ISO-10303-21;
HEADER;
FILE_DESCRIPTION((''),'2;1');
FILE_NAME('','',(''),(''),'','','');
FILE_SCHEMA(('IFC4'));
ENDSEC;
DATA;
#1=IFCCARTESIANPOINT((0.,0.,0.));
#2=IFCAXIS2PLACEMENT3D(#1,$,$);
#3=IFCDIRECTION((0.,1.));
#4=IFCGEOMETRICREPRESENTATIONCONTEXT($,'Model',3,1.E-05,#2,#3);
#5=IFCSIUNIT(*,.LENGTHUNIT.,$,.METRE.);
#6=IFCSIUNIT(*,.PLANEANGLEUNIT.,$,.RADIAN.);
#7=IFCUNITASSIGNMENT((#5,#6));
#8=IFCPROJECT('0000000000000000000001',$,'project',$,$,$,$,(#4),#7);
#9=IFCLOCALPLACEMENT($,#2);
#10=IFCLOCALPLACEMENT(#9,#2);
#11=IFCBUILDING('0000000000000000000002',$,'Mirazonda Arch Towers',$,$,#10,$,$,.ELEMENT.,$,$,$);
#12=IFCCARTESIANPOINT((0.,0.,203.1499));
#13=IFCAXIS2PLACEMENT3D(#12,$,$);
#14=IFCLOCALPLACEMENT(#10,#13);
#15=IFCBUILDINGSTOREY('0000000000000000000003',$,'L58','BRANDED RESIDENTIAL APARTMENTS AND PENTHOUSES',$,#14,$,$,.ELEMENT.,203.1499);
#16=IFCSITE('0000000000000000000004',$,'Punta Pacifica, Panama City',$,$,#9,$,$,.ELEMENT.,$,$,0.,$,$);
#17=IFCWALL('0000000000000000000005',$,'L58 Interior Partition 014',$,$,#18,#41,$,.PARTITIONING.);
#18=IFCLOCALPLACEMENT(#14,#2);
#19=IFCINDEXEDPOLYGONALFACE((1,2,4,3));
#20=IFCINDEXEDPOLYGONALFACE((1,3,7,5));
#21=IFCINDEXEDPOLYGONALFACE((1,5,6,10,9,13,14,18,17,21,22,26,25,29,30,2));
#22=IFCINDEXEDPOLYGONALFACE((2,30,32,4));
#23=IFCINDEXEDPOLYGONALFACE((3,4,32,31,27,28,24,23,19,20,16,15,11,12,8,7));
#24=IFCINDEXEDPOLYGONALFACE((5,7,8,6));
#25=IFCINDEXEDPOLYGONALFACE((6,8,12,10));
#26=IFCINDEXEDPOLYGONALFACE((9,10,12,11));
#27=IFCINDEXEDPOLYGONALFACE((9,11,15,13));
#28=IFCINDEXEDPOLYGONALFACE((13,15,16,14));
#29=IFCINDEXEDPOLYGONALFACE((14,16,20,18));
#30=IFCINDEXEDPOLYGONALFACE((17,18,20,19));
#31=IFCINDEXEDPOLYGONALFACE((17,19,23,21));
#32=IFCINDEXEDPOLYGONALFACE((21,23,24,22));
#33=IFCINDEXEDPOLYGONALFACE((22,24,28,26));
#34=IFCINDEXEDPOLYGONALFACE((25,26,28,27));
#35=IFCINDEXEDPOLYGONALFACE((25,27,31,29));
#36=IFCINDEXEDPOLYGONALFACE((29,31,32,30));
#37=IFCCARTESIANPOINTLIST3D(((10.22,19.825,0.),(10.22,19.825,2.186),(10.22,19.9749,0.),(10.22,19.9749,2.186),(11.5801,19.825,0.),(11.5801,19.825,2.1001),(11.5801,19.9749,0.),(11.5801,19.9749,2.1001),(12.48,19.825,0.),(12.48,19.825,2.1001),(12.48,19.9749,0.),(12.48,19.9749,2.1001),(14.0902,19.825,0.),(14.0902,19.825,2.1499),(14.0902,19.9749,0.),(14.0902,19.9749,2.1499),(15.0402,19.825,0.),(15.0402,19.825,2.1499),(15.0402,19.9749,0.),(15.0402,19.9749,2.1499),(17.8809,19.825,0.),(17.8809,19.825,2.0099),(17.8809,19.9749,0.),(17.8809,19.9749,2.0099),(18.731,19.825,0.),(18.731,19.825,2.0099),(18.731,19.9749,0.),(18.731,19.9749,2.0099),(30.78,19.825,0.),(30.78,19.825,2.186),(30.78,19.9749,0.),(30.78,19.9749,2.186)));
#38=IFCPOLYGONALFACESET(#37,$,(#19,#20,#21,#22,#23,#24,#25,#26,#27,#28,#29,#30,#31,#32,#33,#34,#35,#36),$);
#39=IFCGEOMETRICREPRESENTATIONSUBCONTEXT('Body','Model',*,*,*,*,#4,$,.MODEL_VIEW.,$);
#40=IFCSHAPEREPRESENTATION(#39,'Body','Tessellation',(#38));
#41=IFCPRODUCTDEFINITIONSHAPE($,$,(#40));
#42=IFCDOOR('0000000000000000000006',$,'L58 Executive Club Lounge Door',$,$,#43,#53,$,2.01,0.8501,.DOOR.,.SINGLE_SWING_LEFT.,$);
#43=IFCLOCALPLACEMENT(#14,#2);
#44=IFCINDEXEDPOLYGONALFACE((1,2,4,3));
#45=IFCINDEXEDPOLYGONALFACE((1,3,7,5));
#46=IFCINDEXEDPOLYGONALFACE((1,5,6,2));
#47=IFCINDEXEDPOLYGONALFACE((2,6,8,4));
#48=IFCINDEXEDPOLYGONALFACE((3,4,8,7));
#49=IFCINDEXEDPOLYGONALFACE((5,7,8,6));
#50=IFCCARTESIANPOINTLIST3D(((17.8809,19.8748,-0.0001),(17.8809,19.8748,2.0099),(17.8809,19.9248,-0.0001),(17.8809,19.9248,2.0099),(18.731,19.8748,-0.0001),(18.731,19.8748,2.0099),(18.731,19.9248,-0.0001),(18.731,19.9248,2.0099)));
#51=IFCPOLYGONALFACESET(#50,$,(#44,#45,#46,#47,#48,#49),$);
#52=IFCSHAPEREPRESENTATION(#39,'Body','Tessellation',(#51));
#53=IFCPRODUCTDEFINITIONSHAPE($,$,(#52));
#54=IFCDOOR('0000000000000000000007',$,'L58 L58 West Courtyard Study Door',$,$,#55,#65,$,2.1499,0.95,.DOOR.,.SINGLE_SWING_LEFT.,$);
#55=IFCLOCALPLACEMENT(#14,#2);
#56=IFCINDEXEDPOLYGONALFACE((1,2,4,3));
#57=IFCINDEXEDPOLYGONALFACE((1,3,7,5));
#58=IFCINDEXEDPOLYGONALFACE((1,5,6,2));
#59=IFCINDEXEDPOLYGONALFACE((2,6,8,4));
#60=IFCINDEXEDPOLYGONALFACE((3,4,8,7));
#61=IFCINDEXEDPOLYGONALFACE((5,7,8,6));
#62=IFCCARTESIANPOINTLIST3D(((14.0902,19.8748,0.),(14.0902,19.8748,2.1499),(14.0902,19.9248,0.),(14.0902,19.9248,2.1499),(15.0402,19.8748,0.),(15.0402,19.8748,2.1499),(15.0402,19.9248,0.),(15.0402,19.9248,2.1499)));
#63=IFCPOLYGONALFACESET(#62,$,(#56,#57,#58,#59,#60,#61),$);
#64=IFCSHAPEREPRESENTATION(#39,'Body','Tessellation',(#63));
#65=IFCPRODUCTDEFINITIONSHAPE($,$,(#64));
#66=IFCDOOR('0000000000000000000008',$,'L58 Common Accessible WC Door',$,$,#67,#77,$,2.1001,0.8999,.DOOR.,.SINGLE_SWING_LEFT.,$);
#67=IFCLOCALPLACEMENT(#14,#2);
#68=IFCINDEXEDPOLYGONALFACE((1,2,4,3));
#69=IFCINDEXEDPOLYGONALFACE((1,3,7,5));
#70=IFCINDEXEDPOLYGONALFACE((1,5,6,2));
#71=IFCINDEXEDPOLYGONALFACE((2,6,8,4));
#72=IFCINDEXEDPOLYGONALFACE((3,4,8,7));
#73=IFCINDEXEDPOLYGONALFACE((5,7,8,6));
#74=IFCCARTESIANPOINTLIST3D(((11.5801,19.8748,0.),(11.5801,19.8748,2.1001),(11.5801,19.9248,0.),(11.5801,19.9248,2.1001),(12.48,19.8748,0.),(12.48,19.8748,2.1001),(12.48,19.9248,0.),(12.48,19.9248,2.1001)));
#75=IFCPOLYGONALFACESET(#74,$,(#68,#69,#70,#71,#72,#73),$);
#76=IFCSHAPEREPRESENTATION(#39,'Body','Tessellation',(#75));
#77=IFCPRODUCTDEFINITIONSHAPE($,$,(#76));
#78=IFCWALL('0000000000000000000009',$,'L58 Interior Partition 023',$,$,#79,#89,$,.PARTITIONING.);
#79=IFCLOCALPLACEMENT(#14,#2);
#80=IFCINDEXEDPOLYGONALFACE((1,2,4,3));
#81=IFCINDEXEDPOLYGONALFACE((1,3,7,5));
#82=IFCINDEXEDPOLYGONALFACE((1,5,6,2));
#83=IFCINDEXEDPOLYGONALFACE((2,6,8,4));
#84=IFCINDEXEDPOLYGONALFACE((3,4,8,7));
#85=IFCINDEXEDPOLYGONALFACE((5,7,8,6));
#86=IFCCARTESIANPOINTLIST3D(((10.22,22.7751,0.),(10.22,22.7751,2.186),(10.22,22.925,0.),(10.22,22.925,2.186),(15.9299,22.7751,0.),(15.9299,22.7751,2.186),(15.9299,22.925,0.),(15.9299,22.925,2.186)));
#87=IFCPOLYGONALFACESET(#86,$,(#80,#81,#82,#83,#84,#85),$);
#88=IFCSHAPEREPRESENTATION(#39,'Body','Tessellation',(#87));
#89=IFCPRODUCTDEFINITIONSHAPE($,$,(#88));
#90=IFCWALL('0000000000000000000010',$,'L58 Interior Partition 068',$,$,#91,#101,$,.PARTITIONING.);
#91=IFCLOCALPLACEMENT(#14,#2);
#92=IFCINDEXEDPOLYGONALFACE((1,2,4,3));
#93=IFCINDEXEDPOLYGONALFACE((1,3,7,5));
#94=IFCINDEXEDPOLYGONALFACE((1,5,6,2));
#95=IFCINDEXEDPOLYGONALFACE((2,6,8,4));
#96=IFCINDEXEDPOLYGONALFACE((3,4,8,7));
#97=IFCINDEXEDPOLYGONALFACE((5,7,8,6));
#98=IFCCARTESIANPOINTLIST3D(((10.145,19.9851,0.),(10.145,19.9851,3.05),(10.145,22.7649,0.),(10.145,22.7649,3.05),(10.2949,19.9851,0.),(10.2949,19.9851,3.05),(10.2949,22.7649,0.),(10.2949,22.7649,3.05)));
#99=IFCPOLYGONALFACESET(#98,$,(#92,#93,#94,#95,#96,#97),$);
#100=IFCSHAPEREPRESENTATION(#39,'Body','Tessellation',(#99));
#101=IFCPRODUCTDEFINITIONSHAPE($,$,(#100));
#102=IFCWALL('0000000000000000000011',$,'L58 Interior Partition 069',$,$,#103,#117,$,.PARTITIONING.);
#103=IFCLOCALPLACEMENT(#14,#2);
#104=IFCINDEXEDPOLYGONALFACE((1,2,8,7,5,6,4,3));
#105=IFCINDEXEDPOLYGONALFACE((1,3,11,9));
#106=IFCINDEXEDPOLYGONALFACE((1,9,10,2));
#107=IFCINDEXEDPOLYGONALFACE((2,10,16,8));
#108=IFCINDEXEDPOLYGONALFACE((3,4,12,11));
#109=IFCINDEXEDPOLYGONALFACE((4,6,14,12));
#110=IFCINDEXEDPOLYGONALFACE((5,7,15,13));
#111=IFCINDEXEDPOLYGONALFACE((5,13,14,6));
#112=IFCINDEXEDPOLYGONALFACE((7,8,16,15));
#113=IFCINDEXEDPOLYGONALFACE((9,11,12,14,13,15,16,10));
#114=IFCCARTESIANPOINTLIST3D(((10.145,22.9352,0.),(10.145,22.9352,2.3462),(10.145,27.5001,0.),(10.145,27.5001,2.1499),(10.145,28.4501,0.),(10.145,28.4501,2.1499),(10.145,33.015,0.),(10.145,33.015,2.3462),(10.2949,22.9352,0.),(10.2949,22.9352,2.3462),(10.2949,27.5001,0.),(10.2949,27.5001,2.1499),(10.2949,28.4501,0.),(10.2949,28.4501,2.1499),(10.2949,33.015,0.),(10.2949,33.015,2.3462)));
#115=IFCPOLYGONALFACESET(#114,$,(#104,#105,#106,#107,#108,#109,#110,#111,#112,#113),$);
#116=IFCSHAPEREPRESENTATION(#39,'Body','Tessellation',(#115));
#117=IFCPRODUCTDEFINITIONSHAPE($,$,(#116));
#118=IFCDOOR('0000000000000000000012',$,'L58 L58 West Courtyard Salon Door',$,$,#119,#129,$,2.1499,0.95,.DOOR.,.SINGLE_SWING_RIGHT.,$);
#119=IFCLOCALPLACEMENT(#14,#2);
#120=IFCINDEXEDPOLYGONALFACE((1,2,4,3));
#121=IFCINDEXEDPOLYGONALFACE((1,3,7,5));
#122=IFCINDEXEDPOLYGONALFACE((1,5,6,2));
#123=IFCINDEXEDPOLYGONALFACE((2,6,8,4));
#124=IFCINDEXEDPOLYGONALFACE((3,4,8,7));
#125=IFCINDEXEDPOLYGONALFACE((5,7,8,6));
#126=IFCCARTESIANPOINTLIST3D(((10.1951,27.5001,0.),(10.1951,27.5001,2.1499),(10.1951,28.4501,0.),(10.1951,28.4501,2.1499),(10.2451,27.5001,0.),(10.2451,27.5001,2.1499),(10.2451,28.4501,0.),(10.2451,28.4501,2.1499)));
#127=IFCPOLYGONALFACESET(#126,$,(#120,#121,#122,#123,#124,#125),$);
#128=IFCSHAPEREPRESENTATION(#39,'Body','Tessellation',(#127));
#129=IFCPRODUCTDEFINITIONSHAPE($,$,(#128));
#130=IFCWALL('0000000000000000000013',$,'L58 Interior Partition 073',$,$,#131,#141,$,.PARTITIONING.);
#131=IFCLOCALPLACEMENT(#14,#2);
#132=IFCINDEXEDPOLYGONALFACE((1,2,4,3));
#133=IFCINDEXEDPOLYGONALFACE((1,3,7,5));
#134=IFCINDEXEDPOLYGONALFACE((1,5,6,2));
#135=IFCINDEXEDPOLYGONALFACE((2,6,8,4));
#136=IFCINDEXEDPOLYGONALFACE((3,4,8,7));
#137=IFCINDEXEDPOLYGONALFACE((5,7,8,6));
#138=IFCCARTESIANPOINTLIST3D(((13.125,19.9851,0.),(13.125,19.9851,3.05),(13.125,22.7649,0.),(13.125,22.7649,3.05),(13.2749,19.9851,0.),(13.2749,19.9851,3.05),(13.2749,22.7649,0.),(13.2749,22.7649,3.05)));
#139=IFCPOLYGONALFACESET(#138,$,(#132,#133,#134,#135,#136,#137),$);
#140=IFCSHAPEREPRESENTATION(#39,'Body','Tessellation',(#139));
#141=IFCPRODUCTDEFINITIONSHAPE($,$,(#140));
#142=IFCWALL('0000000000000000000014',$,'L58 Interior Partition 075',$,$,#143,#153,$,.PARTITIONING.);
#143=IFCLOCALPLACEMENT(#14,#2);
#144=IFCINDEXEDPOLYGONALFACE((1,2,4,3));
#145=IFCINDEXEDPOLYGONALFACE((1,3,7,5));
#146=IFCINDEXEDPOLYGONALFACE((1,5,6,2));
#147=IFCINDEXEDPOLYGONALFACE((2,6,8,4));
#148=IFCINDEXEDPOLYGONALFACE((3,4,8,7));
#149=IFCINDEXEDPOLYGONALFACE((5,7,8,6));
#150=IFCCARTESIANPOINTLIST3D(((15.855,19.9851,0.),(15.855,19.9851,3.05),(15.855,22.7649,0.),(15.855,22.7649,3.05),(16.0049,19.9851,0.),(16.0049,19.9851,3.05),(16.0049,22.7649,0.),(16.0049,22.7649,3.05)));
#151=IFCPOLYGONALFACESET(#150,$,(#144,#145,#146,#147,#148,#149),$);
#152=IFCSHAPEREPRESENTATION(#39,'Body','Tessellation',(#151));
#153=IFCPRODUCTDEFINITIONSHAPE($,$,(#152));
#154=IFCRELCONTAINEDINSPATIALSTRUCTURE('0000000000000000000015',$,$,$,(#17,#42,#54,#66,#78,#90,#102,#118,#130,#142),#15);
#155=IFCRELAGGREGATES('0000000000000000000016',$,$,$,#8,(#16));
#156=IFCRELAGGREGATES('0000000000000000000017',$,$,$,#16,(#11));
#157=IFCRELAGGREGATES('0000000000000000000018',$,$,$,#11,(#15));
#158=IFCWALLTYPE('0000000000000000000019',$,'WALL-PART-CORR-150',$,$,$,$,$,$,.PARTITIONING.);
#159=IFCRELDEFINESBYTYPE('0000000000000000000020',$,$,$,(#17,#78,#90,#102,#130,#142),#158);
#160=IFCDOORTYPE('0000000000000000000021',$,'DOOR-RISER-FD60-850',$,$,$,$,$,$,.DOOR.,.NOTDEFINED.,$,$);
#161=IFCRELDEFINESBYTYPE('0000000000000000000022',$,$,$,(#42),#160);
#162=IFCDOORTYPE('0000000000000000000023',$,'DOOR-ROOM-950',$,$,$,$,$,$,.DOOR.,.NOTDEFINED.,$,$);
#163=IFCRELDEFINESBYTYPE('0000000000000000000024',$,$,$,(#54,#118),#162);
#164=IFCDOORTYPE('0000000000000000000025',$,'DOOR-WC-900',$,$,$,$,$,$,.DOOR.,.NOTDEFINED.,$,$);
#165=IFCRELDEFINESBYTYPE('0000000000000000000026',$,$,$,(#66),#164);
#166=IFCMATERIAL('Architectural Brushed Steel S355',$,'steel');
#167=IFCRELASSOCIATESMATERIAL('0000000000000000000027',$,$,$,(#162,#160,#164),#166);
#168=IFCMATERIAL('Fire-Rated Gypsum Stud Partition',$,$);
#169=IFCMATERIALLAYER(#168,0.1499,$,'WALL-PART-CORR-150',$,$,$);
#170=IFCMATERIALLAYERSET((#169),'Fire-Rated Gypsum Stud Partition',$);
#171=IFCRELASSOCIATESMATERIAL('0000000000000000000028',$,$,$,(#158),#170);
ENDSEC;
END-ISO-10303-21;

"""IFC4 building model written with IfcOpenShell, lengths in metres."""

from ifc_helpers import new_model, si_unit, direction, frame, frame_2d, origin, place, context, subcontext, project, spatial, rectangle, extrude, material, layer, layer_set, type_object, element, fill, save


model = new_model("IFC4")

# Units and contexts
model_context = context("Model", 3, precision=1e-05, world=origin(), true_north=direction((0.0, 1.0)))
body_context = subcontext(model_context, "Body", "Model", "MODEL_VIEW")
ifc_project = project(units=[si_unit("LENGTHUNIT", "METRE"), si_unit("PLANEANGLEUNIT", "RADIAN")], contexts=[model_context])

# Site, building, storey
site_placement = place(None, origin())
site = spatial("IfcSite", under=ifc_project, at=site_placement, Name="Punta Pacifica, Panama City", CompositionType="ELEMENT", RefElevation=0.0)
building_placement = place(site_placement, origin())
building = spatial("IfcBuilding", under=site, at=building_placement, Name="Mirazonda Arch Towers", CompositionType="ELEMENT")
storey_placement = place(building_placement, frame((0.0, 0.0, 203.1499)))
storey = spatial("IfcBuildingStorey", under=building, at=storey_placement, Name="L58", Description="BRANDED RESIDENTIAL APARTMENTS AND PENTHOUSES", CompositionType="ELEMENT", Elevation=203.1499)

# Shared definitions
ifc_material_1 = material(Name="Architectural Brushed Steel S355", Category="steel")

# Shared definitions
door_type_1 = type_object("IfcDoorType", Name="DOOR-ROOM-950", OperationType="NOTDEFINED", PredefinedType="DOOR", material=ifc_material_1)

# Shared definitions
ifc_material_2 = material(Name="Fire-Rated Gypsum Stud Partition")
ifc_layer_1 = layer(ifc_material_2, 0.1499, Name="WALL-PART-CORR-150")
ifc_layer_set_1 = layer_set([ifc_layer_1], Name="Fire-Rated Gypsum Stud Partition")
wall_type_1 = type_object("IfcWallType", Name="WALL-PART-CORR-150", PredefinedType="PARTITIONING", material=ifc_layer_set_1)

# Wall, openings, doors
wall_1_placement = place(storey_placement, frame((10.22, 19.8999, 0.0), z_axis=(0.0, 0.0, 1.0), x_axis=(1.0, 0.0, 0.0)))
wall_1 = element("IfcWall", 1, at=wall_1_placement, inside=storey, type_object=wall_type_1, Name="L58 Interior Partition 014", PredefinedType="PARTITIONING", context=body_context, shape_type="SweptSolid", body=[
    extrude(rectangle(XDim=20.5601, YDim=0.1499, at=frame_2d((10.28, 0.0))), origin(), (0.0, 0.0, 1.0), 2.186),
])
opening_1_placement = place(wall_1_placement, frame((1.3601, 0.0, 0.0)))
opening_1 = element("IfcOpeningElement", 2, at=opening_1_placement, cuts=wall_1, PredefinedType="OPENING", context=body_context, shape_type="SweptSolid", body=[
    extrude(rectangle(XDim=0.8999, YDim=2.1001, at=frame_2d((0.45, 1.05))), frame((0.0, 0.085, 0.0), z_axis=(0.0, -1.0, 0.0), x_axis=(1.0, 0.0, 0.0)), (0.0, 0.0, 1.0), 0.1699),
])
opening_2_placement = place(wall_1_placement, frame((3.8701, 0.0, 0.0)))
opening_2 = element("IfcOpeningElement", 3, at=opening_2_placement, cuts=wall_1, PredefinedType="OPENING", context=body_context, shape_type="SweptSolid", body=[
    extrude(rectangle(XDim=0.95, YDim=2.1499, at=frame_2d((0.4751, 1.075))), frame((0.0, 0.085, 0.0), z_axis=(0.0, -1.0, 0.0), x_axis=(1.0, 0.0, 0.0)), (0.0, 0.0, 1.0), 0.1699),
])
opening_3_placement = place(wall_1_placement, frame((7.6609, 0.0, 0.0)))
opening_3 = element("IfcOpeningElement", 4, at=opening_3_placement, cuts=wall_1, PredefinedType="OPENING", context=body_context, shape_type="SweptSolid", body=[
    extrude(rectangle(XDim=0.8501, YDim=2.01, at=frame_2d((0.425, 1.0049))), frame((0.0, 0.085, 0.0), z_axis=(0.0, -1.0, 0.0), x_axis=(1.0, 0.0, 0.0)), (0.0, 0.0, 1.0), 0.1699),
])
door_type_2 = type_object("IfcDoorType", Name="DOOR-RISER-FD60-850", OperationType="NOTDEFINED", PredefinedType="DOOR", material=ifc_material_1)
door_1_placement = place(opening_3_placement, origin())
door_1 = element("IfcDoor", 5, at=door_1_placement, inside=storey, type_object=door_type_2, Name="L58 Executive Club Lounge Door", OperationType="SINGLE_SWING_LEFT", OverallHeight=2.01, OverallWidth=0.8501, PredefinedType="DOOR", context=body_context, shape_type="SweptSolid", body=[
    extrude(rectangle(XDim=0.8501, YDim=2.01, at=frame_2d((0.425, 1.0049))), frame((0.0, 0.0249, 0.0), z_axis=(0.0, -1.0, 0.0), x_axis=(1.0, 0.0, 0.0)), (0.0, 0.0, 1.0), 0.05),
])
fill(opening_3, door_1)
door_2_placement = place(opening_2_placement, origin())
door_2 = element("IfcDoor", 6, at=door_2_placement, inside=storey, type_object=door_type_1, Name="L58 L58 West Courtyard Study Door", OperationType="SINGLE_SWING_LEFT", OverallHeight=2.1499, OverallWidth=0.95, PredefinedType="DOOR", context=body_context, shape_type="SweptSolid", body=[
    extrude(rectangle(XDim=0.95, YDim=2.1499, at=frame_2d((0.4751, 1.075))), frame((0.0, 0.0249, 0.0), z_axis=(0.0, -1.0, 0.0), x_axis=(1.0, 0.0, 0.0)), (0.0, 0.0, 1.0), 0.05),
])
fill(opening_2, door_2)
door_type_3 = type_object("IfcDoorType", Name="DOOR-WC-900", OperationType="NOTDEFINED", PredefinedType="DOOR", material=ifc_material_1)
door_3_placement = place(opening_1_placement, origin())
door_3 = element("IfcDoor", 7, at=door_3_placement, inside=storey, type_object=door_type_3, Name="L58 Common Accessible WC Door", OperationType="SINGLE_SWING_LEFT", OverallHeight=2.1001, OverallWidth=0.8999, PredefinedType="DOOR", context=body_context, shape_type="SweptSolid", body=[
    extrude(rectangle(XDim=0.8999, YDim=2.1001, at=frame_2d((0.45, 1.05))), frame((0.0, 0.0249, 0.0), z_axis=(0.0, -1.0, 0.0), x_axis=(1.0, 0.0, 0.0)), (0.0, 0.0, 1.0), 0.05),
])
fill(opening_1, door_3)

# Walls
wall_2_placement = place(storey_placement, frame((10.22, 22.8501, 0.0), z_axis=(0.0, 0.0, 1.0), x_axis=(1.0, 0.0, 0.0)))
element("IfcWall", 8, at=wall_2_placement, inside=storey, type_object=wall_type_1, Name="L58 Interior Partition 023", PredefinedType="PARTITIONING", context=body_context, shape_type="SweptSolid", body=[
    extrude(rectangle(XDim=5.71, YDim=0.1499, at=frame_2d((2.855, 0.0))), origin(), (0.0, 0.0, 1.0), 2.186),
])
wall_3_placement = place(storey_placement, frame((10.22, 19.9851, 0.0), z_axis=(0.0, 0.0, 1.0), x_axis=(0.0, 1.0, 0.0)))
element("IfcWall", 9, at=wall_3_placement, inside=storey, type_object=wall_type_1, Name="L58 Interior Partition 068", PredefinedType="PARTITIONING", context=body_context, shape_type="SweptSolid", body=[
    extrude(rectangle(XDim=2.7798, YDim=0.1499, at=frame_2d((1.3899, 0.0))), origin(), (0.0, 0.0, 1.0), 3.05),
])

# Wall, opening, door
wall_4_placement = place(storey_placement, frame((10.22, 22.9351, 0.0), z_axis=(0.0, 0.0, 1.0), x_axis=(0.0, 1.0, 0.0)))
wall_4 = element("IfcWall", 10, at=wall_4_placement, inside=storey, type_object=wall_type_1, Name="L58 Interior Partition 069", PredefinedType="PARTITIONING", context=body_context, shape_type="SweptSolid", body=[
    extrude(rectangle(XDim=10.0798, YDim=0.1499, at=frame_2d((5.04, 0.0))), origin(), (0.0, 0.0, 1.0), 2.3462),
])
opening_4_placement = place(wall_4_placement, frame((4.5649, 0.0, 0.0)))
opening_4 = element("IfcOpeningElement", 11, at=opening_4_placement, cuts=wall_4, PredefinedType="OPENING", context=body_context, shape_type="SweptSolid", body=[
    extrude(rectangle(XDim=0.95, YDim=2.1499, at=frame_2d((0.4751, 1.075))), frame((0.0, 0.085, 0.0), z_axis=(0.0, -1.0, 0.0), x_axis=(1.0, 0.0, 0.0)), (0.0, 0.0, 1.0), 0.1699),
])
door_4_placement = place(opening_4_placement, origin())
door_4 = element("IfcDoor", 12, at=door_4_placement, inside=storey, type_object=door_type_1, Name="L58 L58 West Courtyard Salon Door", OperationType="SINGLE_SWING_RIGHT", OverallHeight=2.1499, OverallWidth=0.95, PredefinedType="DOOR", context=body_context, shape_type="SweptSolid", body=[
    extrude(rectangle(XDim=0.95, YDim=2.1499, at=frame_2d((0.4751, 1.075))), frame((0.0, 0.0249, 0.0), z_axis=(0.0, -1.0, 0.0), x_axis=(1.0, 0.0, 0.0)), (0.0, 0.0, 1.0), 0.05),
])
fill(opening_4, door_4)

# Walls
for number, where, z_axis, x_axis, name in (
    (13, (13.2, 19.9851, 0.0), (0.0, 0.0, 1.0), (0.0, 1.0, 0.0), "L58 Interior Partition 073"),
    (14, (15.9299, 19.9851, 0.0), (0.0, 0.0, 1.0), (0.0, 1.0, 0.0), "L58 Interior Partition 075"),
):
    element("IfcWall", number, at=place(storey_placement, frame(where, z_axis=z_axis, x_axis=x_axis)), inside=storey, type_object=wall_type_1, Name=name, PredefinedType="PARTITIONING", context=body_context, shape_type="SweptSolid", body=[
        extrude(rectangle(XDim=2.7798, YDim=0.1499, at=frame_2d((1.3899, 0.0))), origin(), (0.0, 0.0, 1.0), 3.05),
    ])

save(model, "model.ifc")
